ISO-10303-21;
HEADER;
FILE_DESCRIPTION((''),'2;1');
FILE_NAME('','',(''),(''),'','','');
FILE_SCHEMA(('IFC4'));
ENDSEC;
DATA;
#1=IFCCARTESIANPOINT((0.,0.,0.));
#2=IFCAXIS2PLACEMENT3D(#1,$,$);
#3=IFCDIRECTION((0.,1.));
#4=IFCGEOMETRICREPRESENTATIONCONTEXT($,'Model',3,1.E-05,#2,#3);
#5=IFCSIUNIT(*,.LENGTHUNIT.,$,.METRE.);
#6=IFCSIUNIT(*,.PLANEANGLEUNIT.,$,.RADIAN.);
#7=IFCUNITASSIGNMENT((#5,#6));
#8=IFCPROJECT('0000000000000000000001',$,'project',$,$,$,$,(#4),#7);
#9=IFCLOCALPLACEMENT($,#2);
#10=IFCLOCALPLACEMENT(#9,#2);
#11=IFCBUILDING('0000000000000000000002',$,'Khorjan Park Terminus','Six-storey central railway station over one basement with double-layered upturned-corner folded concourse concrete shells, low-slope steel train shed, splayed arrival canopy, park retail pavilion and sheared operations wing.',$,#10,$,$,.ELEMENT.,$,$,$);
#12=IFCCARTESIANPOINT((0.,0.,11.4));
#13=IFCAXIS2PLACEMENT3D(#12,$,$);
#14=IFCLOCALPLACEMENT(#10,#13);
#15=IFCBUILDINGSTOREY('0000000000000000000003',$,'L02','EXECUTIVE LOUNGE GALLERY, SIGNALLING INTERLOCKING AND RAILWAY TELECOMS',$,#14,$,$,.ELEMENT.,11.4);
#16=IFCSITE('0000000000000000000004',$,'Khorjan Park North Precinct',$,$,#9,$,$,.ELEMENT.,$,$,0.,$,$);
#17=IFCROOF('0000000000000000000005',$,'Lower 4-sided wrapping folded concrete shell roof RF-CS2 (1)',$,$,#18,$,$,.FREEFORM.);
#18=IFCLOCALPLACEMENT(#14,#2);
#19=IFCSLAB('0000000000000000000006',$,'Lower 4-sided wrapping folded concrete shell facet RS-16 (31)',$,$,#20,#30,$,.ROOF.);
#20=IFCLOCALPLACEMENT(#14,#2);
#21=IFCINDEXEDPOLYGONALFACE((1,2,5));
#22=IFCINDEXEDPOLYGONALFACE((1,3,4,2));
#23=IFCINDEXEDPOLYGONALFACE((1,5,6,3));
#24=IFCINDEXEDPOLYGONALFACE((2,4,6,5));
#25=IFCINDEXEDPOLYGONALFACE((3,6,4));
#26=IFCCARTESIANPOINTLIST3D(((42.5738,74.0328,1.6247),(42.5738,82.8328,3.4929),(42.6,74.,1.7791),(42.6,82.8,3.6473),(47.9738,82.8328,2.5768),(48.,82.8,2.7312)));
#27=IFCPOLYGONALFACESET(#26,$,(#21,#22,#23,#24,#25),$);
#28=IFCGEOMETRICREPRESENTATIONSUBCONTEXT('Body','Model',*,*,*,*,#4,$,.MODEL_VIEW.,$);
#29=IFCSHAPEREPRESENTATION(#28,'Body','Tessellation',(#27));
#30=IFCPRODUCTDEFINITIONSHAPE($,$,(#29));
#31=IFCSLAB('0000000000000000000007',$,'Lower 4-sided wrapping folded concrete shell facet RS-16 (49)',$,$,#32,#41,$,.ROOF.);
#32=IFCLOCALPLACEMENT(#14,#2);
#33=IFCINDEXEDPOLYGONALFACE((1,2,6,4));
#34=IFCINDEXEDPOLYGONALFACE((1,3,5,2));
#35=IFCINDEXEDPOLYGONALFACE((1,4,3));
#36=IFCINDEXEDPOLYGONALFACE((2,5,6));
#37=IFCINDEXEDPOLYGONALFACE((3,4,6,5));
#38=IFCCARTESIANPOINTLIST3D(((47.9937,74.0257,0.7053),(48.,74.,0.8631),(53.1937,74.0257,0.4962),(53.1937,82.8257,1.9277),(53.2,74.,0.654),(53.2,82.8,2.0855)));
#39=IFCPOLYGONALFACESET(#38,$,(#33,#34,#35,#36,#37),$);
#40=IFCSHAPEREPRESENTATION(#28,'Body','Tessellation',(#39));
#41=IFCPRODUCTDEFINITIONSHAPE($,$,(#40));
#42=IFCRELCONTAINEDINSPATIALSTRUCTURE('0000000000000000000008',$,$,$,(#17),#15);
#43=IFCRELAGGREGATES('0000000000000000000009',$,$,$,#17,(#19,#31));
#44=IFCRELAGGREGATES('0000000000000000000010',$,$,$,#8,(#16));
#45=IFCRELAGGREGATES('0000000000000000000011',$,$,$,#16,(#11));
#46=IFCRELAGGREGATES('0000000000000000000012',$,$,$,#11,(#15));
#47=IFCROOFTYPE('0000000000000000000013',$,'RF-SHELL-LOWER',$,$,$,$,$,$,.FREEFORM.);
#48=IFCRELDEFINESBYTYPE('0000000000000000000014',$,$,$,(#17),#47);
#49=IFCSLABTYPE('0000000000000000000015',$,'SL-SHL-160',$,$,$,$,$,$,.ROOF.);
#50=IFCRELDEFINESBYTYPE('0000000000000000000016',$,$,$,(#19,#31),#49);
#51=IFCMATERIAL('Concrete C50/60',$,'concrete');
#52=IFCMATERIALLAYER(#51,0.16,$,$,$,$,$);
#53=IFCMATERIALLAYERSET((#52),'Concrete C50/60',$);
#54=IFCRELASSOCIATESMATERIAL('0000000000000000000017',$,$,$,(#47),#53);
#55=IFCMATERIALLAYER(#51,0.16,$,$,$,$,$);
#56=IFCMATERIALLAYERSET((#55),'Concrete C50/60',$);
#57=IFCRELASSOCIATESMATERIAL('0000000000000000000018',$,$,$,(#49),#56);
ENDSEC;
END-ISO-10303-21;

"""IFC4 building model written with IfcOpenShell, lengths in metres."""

from ifc_helpers import new_model, si_unit, direction, frame, origin, place, context, subcontext, project, spatial, polyline, outline, extrude, material, layer, layer_set, type_object, element, aggregate, save


model = new_model("IFC4")

# Units and contexts
model_context = context("Model", 3, precision=1e-05, world=origin(), true_north=direction((0.0, 1.0)))
body_context = subcontext(model_context, "Body", "Model", "MODEL_VIEW")
ifc_project = project(units=[si_unit("LENGTHUNIT", "METRE"), si_unit("PLANEANGLEUNIT", "RADIAN")], contexts=[model_context])

# Site, building, storey
site_placement = place(None, origin())
site = spatial("IfcSite", under=ifc_project, at=site_placement, Name="Khorjan Park North Precinct", CompositionType="ELEMENT", RefElevation=0.0)
building_placement = place(site_placement, origin())
building = spatial("IfcBuilding", under=site, at=building_placement, Name="Khorjan Park Terminus", Description="Six-storey central railway station over one basement with double-layered upturned-corner folded concourse concrete shells, low-slope steel train shed, splayed arrival canopy, park retail pavilion and sheared operations wing.", CompositionType="ELEMENT")
storey_placement = place(building_placement, frame((0.0, 0.0, 11.4)))
storey = spatial("IfcBuildingStorey", under=building, at=storey_placement, Name="L02", Description="EXECUTIVE LOUNGE GALLERY, SIGNALLING INTERLOCKING AND RAILWAY TELECOMS", CompositionType="ELEMENT", Elevation=11.4)

# Shared definitions
ifc_material_1 = material(Name="Concrete C50/60", Category="concrete")

# Roof, slabs
ifc_layer_1 = layer(ifc_material_1, 0.16)
ifc_layer_set_1 = layer_set([ifc_layer_1], Name="Concrete C50/60")
roof_type = type_object("IfcRoofType", Name="RF-SHELL-LOWER", PredefinedType="FREEFORM", material=ifc_layer_set_1)
roof_placement = place(storey_placement, origin())
roof = element("IfcRoof", 1, at=roof_placement, inside=storey, type_object=roof_type, Name="Lower 4-sided wrapping folded concrete shell roof RF-CS2 (1)", PredefinedType="FREEFORM")
ifc_layer_2 = layer(ifc_material_1, 0.16)
ifc_layer_set_2 = layer_set([ifc_layer_2], Name="Concrete C50/60")
slab_type = type_object("IfcSlabType", Name="SL-SHL-160", PredefinedType="ROOF", material=ifc_layer_set_2)
slab_1_placement = place(storey_placement, frame((42.6, 74.0, 1.7791), z_axis=(0.163711, -0.204866, 0.965002), x_axis=(0.520807, 0.848722, 0.091826)))
slab_1 = element("IfcSlab", 2, at=slab_1_placement, type_object=slab_type, Name="Lower 4-sided wrapping folded concrete shell facet RS-16 (31)", PredefinedType="ROOF", context=body_context, shape_type="SweptSolid", body=[
    extrude(outline(polyline([(0.0, 0.0), (10.3685, 0.0), (7.6403, 4.7493), (0.0, 0.0)])), origin(), (0.0, 0.0, -1.0), 0.16),
])
slab_2_placement = place(storey_placement, frame((48.0, 74.0, 0.8631), z_axis=(0.039659, -0.160434, 0.98625), x_axis=(0.999192, 0.0, -0.040179)))
slab_2 = element("IfcSlab", 3, at=slab_2_placement, type_object=slab_type, Name="Lower 4-sided wrapping folded concrete shell facet RS-16 (49)", PredefinedType="ROOF", context=body_context, shape_type="SweptSolid", body=[
    extrude(outline(polyline([(0.0, 0.0), (5.2042, 0.0), (5.1467, 8.9155), (0.0, 0.0)])), origin(), (0.0, 0.0, -1.0), 0.16),
])
aggregate(roof, [slab_1, slab_2])

save(model, "model.ifc")
